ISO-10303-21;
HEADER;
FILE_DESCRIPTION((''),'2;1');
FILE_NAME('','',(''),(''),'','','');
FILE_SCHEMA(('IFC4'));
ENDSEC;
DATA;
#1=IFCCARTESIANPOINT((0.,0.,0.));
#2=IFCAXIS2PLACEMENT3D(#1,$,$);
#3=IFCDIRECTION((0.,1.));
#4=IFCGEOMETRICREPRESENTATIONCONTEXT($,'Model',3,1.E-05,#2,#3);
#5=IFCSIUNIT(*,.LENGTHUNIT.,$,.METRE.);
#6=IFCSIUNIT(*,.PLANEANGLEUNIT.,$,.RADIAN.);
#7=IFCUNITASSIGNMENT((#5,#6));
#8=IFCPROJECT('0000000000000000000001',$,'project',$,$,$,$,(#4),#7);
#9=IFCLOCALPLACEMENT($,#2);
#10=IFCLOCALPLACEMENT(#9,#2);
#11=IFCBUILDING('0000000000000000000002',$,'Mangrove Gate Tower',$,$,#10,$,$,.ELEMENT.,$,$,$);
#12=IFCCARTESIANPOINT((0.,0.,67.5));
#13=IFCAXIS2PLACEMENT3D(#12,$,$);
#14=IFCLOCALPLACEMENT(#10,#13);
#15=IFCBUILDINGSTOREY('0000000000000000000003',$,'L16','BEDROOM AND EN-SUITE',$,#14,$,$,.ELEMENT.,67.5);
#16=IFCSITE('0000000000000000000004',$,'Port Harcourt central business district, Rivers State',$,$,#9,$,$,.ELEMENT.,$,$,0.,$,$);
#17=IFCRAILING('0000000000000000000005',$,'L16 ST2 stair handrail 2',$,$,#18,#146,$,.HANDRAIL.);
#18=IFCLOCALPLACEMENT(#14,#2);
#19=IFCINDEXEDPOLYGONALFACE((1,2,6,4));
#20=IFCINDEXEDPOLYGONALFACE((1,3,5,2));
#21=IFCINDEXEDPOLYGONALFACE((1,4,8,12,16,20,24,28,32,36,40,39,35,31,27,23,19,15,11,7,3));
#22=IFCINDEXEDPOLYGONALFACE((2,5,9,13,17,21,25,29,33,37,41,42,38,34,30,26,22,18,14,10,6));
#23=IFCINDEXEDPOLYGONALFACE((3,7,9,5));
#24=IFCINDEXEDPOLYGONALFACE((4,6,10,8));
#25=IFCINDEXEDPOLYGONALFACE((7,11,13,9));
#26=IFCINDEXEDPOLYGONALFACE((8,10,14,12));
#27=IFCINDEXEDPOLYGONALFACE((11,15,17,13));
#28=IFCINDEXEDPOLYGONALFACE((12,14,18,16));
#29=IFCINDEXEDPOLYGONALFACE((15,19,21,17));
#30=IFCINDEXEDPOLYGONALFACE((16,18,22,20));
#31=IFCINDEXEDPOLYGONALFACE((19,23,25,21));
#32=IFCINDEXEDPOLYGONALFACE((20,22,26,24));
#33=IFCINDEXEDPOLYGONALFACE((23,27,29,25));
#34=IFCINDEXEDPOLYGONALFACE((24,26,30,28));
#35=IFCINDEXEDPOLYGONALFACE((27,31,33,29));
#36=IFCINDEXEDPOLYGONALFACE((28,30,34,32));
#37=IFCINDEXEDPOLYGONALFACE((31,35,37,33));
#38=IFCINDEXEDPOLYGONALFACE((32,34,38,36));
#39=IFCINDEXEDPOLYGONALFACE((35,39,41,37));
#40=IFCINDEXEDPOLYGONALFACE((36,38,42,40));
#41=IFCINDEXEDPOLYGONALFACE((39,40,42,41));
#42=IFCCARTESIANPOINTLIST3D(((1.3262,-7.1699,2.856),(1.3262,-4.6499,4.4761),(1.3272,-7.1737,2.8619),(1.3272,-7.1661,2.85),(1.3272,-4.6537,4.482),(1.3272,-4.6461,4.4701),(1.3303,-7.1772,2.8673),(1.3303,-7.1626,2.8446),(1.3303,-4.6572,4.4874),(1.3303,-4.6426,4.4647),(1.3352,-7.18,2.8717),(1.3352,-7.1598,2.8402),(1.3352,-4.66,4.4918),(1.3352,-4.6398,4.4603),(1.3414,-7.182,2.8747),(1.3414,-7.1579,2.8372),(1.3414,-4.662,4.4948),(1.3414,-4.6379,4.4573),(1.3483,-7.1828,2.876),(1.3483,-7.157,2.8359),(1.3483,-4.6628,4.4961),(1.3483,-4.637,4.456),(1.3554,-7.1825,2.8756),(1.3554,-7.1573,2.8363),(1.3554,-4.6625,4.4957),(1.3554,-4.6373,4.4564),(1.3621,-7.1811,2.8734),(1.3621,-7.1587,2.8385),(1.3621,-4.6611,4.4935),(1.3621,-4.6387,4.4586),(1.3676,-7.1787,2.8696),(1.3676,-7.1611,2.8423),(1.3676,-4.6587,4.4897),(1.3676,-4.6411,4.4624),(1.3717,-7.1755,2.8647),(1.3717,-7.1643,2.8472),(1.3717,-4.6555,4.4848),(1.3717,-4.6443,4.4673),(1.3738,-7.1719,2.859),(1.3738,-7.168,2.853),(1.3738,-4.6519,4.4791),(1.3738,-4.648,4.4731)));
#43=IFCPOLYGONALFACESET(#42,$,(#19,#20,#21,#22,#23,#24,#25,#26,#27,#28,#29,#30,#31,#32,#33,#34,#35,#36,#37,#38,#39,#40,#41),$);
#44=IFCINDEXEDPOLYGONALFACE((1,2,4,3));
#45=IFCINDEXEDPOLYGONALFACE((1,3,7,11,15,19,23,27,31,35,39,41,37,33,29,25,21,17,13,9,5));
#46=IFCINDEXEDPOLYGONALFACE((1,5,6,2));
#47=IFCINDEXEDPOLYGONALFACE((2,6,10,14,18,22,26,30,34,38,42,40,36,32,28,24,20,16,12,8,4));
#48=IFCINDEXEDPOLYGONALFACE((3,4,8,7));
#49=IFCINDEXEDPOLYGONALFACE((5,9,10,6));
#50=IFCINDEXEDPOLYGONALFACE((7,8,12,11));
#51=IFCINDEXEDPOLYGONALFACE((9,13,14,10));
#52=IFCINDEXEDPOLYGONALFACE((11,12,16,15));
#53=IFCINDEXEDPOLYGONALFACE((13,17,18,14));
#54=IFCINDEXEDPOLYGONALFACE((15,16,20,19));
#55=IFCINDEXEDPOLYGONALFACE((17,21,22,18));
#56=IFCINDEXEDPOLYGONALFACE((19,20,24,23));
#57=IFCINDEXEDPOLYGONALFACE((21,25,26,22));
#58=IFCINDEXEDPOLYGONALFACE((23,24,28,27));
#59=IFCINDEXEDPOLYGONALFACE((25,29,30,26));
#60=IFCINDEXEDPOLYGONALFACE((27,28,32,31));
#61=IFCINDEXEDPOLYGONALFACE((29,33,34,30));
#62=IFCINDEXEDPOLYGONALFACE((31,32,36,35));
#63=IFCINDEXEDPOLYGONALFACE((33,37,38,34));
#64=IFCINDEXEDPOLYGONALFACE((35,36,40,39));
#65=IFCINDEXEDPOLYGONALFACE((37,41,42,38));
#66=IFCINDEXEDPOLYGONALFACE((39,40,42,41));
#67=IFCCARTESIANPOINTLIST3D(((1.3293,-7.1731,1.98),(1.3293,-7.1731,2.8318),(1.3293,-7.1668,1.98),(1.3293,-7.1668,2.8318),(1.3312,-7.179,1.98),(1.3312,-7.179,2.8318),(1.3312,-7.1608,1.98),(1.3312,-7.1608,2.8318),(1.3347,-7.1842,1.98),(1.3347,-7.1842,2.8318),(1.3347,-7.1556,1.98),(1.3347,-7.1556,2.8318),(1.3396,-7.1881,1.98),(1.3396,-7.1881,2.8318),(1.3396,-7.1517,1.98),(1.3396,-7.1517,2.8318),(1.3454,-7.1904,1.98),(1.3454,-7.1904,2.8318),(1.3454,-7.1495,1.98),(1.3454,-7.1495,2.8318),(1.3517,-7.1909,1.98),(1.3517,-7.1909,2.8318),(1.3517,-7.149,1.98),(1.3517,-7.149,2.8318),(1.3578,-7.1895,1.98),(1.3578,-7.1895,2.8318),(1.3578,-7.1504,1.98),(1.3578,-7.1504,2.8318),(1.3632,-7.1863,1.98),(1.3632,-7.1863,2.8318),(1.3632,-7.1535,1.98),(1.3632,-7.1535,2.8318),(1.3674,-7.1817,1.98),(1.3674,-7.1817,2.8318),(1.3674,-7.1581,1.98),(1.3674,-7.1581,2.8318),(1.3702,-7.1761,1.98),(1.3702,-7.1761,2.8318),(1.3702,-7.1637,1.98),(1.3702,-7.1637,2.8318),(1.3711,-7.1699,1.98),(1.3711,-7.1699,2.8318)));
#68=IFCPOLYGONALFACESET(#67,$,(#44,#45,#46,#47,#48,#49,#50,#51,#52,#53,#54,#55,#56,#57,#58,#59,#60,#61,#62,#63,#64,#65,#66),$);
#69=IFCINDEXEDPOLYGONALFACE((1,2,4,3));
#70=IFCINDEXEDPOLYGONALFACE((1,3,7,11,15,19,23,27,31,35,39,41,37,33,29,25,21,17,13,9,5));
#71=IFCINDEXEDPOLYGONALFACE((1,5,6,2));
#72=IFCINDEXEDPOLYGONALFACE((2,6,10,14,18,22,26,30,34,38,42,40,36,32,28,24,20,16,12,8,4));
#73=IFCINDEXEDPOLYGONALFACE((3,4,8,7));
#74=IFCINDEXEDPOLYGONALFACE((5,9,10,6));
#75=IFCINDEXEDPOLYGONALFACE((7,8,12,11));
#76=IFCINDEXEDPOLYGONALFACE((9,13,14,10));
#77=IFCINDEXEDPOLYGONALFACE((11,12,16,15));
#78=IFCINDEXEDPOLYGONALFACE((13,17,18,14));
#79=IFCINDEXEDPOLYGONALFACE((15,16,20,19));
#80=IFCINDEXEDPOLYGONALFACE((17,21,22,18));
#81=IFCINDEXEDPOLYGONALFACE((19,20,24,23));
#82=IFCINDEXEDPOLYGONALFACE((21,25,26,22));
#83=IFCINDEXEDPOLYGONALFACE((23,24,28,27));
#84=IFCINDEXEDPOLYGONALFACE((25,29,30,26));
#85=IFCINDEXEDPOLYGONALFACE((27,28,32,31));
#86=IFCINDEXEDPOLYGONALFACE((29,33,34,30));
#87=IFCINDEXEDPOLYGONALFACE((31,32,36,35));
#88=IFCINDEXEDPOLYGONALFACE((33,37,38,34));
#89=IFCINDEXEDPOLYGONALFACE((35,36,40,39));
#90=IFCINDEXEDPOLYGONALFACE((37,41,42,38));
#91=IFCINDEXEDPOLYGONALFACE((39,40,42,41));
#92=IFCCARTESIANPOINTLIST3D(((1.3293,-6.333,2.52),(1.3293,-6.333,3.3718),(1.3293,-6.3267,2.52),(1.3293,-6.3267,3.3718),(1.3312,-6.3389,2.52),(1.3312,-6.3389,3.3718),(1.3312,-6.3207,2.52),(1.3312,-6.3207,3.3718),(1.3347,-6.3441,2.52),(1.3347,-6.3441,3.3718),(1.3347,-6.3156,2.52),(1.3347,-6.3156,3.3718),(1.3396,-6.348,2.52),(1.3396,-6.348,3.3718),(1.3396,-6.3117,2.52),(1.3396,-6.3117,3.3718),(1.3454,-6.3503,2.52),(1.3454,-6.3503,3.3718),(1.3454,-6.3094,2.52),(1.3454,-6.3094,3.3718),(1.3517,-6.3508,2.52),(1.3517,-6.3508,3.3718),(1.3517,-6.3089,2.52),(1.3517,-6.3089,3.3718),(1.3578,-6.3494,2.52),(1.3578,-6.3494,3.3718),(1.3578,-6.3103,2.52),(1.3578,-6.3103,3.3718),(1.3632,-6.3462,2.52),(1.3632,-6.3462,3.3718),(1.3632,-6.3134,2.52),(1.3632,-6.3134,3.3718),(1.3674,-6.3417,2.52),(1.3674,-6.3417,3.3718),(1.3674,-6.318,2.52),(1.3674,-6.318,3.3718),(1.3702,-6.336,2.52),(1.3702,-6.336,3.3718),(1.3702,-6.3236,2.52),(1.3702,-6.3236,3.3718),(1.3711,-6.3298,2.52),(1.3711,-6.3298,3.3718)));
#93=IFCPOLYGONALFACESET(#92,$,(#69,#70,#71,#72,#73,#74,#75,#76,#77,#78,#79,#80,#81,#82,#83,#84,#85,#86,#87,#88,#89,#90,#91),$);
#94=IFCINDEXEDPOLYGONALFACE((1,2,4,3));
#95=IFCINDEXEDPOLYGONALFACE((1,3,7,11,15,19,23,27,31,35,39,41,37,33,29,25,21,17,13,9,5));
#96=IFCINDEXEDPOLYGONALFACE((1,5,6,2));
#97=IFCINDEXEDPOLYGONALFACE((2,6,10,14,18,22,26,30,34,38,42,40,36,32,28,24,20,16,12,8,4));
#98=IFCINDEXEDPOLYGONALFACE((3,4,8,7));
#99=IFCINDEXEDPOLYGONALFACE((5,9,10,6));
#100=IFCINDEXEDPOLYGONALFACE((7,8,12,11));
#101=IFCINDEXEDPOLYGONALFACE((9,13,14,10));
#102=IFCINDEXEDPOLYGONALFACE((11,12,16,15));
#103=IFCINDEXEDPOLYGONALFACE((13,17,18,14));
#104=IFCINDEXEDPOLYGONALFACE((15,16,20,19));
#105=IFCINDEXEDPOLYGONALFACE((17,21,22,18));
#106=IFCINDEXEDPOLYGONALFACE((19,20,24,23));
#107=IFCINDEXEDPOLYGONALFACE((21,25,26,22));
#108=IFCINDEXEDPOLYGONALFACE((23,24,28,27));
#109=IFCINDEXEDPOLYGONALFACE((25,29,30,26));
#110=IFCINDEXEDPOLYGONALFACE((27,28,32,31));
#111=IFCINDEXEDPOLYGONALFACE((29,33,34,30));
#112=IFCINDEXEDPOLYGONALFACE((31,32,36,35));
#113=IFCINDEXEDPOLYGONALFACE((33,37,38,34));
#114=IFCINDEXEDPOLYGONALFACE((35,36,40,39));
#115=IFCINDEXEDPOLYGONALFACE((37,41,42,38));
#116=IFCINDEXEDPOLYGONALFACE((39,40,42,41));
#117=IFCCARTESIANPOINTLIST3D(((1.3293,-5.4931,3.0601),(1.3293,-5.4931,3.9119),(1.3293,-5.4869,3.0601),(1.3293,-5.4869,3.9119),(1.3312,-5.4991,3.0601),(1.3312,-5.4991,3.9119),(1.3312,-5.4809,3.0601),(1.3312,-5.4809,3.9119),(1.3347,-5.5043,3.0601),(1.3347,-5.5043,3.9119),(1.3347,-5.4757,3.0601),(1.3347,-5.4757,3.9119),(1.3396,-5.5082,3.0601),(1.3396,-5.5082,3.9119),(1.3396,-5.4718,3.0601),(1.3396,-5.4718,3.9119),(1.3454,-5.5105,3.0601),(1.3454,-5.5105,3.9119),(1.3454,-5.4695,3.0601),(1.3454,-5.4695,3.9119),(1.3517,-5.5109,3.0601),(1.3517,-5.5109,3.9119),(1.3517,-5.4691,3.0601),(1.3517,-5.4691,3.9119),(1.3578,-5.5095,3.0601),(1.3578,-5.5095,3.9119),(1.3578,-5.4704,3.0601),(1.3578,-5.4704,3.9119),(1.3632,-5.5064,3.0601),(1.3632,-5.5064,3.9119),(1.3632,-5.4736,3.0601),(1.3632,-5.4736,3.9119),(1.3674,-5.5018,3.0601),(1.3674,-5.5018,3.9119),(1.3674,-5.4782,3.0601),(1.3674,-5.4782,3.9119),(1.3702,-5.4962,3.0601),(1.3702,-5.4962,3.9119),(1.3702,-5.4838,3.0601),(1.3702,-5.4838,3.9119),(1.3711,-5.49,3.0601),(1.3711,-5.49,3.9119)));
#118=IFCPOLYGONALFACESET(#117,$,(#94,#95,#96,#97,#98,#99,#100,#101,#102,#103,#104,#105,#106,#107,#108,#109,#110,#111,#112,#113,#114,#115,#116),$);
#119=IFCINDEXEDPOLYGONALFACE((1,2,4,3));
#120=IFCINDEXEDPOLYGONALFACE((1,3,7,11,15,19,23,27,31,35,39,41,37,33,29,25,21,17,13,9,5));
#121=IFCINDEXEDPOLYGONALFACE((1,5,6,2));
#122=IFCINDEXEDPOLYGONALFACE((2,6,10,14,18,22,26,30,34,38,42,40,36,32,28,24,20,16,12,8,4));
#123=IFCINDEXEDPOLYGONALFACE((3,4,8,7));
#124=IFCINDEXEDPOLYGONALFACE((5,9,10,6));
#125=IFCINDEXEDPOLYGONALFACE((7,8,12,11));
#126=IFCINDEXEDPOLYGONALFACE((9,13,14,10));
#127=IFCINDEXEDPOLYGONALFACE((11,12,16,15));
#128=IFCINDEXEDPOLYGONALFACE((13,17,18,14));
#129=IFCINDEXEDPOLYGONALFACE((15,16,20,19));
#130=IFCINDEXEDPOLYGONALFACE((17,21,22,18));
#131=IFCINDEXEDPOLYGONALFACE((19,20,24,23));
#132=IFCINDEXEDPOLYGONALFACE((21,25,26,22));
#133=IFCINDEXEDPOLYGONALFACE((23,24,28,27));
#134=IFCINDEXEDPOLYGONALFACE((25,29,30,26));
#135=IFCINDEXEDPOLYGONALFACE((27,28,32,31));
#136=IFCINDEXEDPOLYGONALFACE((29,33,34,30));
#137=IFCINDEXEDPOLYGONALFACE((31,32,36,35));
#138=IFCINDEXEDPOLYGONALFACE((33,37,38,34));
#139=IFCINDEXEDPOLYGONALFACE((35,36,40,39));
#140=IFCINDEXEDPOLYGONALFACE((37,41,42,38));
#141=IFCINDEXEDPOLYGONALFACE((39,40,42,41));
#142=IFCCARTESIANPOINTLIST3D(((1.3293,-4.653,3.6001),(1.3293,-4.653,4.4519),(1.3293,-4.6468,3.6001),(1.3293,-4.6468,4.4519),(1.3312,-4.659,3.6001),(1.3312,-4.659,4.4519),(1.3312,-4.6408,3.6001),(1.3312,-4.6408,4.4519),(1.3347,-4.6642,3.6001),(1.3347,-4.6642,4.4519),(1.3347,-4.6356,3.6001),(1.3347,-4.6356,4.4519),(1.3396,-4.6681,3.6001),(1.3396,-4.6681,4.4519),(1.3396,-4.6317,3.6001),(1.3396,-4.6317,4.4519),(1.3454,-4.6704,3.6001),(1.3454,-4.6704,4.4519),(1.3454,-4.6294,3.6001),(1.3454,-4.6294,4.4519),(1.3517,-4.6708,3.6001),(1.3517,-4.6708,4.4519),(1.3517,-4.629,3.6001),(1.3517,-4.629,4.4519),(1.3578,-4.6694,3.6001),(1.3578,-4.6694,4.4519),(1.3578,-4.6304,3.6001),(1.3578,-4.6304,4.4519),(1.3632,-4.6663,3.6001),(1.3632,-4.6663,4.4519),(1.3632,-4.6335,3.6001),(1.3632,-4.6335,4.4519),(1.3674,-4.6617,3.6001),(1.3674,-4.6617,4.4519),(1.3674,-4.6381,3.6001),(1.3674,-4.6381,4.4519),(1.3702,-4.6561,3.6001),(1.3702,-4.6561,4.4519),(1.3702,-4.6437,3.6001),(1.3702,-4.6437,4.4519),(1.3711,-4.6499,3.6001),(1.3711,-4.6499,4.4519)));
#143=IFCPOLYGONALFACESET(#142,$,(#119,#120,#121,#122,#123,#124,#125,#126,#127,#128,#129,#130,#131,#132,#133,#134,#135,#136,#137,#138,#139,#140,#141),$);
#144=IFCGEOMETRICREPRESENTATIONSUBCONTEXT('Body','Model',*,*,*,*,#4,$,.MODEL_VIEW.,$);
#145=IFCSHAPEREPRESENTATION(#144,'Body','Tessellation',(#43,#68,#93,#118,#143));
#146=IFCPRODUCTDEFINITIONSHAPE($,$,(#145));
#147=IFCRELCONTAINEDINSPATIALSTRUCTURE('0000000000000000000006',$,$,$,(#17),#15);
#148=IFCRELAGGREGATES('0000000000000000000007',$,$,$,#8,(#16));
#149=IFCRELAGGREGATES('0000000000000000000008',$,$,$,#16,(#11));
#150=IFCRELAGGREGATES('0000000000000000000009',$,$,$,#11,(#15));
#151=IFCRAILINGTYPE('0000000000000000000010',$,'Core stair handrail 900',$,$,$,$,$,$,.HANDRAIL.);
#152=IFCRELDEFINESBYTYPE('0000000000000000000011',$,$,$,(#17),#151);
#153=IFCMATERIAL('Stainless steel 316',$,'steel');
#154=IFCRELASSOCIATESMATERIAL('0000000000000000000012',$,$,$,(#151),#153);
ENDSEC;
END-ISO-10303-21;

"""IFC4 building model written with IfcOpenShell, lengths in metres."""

from ifc_helpers import new_model, si_unit, direction, frame, origin, origin_2d, place, context, subcontext, project, spatial, circle, extrude, material, type_object, element, save


model = new_model("IFC4")

# Units and contexts
model_context = context("Model", 3, precision=1e-05, world=origin(), true_north=direction((0.0, 1.0)))
body_context = subcontext(model_context, "Body", "Model", "MODEL_VIEW")
ifc_project = project(units=[si_unit("LENGTHUNIT", "METRE"), si_unit("PLANEANGLEUNIT", "RADIAN")], contexts=[model_context])

# Site, building, storey
site_placement = place(None, origin())
site = spatial("IfcSite", under=ifc_project, at=site_placement, Name="Port Harcourt central business district, Rivers State", CompositionType="ELEMENT", RefElevation=0.0)
building_placement = place(site_placement, origin())
building = spatial("IfcBuilding", under=site, at=building_placement, Name="Mangrove Gate Tower", CompositionType="ELEMENT")
storey_placement = place(building_placement, frame((0.0, 0.0, 67.5)))
storey = spatial("IfcBuildingStorey", under=building, at=storey_placement, Name="L16", Description="BEDROOM AND EN-SUITE", CompositionType="ELEMENT", Elevation=67.5)

# Railing
ifc_material_1 = material(Name="Stainless steel 316", Category="steel")
railing_type_1 = type_object("IfcRailingType", Name="Core stair handrail 900", PredefinedType="HANDRAIL", material=ifc_material_1)
railing_1_placement = place(storey_placement, frame((1.3501, -7.1699, 1.98)))
element("IfcRailing", 1, at=railing_1_placement, inside=storey, type_object=railing_type_1, Name="L16 ST2 stair handrail 2", PredefinedType="HANDRAIL", context=body_context, shape_type="SweptSolid", body=[
    extrude(circle(Radius=0.0239, at=origin_2d()), frame((0.0, 0.0, 0.876), z_axis=(0.0, 0.841163, 0.540782), x_axis=(-1.0, 0.0, 0.0)), (0.0, 0.0, 1.0), 2.9958),
    extrude(circle(Radius=0.021, at=origin_2d()), origin(), (0.0, 0.0, 1.0), 0.8518),
    extrude(circle(Radius=0.021, at=origin_2d()), frame((0.0, 0.8401, 0.54)), (0.0, 0.0, 1.0), 0.8518),
    extrude(circle(Radius=0.021, at=origin_2d()), frame((0.0, 1.6799, 1.0801)), (0.0, 0.0, 1.0), 0.8518),
    extrude(circle(Radius=0.021, at=origin_2d()), frame((0.0, 2.52, 1.6201)), (0.0, 0.0, 1.0), 0.8518),
])

save(model, "model.ifc")
